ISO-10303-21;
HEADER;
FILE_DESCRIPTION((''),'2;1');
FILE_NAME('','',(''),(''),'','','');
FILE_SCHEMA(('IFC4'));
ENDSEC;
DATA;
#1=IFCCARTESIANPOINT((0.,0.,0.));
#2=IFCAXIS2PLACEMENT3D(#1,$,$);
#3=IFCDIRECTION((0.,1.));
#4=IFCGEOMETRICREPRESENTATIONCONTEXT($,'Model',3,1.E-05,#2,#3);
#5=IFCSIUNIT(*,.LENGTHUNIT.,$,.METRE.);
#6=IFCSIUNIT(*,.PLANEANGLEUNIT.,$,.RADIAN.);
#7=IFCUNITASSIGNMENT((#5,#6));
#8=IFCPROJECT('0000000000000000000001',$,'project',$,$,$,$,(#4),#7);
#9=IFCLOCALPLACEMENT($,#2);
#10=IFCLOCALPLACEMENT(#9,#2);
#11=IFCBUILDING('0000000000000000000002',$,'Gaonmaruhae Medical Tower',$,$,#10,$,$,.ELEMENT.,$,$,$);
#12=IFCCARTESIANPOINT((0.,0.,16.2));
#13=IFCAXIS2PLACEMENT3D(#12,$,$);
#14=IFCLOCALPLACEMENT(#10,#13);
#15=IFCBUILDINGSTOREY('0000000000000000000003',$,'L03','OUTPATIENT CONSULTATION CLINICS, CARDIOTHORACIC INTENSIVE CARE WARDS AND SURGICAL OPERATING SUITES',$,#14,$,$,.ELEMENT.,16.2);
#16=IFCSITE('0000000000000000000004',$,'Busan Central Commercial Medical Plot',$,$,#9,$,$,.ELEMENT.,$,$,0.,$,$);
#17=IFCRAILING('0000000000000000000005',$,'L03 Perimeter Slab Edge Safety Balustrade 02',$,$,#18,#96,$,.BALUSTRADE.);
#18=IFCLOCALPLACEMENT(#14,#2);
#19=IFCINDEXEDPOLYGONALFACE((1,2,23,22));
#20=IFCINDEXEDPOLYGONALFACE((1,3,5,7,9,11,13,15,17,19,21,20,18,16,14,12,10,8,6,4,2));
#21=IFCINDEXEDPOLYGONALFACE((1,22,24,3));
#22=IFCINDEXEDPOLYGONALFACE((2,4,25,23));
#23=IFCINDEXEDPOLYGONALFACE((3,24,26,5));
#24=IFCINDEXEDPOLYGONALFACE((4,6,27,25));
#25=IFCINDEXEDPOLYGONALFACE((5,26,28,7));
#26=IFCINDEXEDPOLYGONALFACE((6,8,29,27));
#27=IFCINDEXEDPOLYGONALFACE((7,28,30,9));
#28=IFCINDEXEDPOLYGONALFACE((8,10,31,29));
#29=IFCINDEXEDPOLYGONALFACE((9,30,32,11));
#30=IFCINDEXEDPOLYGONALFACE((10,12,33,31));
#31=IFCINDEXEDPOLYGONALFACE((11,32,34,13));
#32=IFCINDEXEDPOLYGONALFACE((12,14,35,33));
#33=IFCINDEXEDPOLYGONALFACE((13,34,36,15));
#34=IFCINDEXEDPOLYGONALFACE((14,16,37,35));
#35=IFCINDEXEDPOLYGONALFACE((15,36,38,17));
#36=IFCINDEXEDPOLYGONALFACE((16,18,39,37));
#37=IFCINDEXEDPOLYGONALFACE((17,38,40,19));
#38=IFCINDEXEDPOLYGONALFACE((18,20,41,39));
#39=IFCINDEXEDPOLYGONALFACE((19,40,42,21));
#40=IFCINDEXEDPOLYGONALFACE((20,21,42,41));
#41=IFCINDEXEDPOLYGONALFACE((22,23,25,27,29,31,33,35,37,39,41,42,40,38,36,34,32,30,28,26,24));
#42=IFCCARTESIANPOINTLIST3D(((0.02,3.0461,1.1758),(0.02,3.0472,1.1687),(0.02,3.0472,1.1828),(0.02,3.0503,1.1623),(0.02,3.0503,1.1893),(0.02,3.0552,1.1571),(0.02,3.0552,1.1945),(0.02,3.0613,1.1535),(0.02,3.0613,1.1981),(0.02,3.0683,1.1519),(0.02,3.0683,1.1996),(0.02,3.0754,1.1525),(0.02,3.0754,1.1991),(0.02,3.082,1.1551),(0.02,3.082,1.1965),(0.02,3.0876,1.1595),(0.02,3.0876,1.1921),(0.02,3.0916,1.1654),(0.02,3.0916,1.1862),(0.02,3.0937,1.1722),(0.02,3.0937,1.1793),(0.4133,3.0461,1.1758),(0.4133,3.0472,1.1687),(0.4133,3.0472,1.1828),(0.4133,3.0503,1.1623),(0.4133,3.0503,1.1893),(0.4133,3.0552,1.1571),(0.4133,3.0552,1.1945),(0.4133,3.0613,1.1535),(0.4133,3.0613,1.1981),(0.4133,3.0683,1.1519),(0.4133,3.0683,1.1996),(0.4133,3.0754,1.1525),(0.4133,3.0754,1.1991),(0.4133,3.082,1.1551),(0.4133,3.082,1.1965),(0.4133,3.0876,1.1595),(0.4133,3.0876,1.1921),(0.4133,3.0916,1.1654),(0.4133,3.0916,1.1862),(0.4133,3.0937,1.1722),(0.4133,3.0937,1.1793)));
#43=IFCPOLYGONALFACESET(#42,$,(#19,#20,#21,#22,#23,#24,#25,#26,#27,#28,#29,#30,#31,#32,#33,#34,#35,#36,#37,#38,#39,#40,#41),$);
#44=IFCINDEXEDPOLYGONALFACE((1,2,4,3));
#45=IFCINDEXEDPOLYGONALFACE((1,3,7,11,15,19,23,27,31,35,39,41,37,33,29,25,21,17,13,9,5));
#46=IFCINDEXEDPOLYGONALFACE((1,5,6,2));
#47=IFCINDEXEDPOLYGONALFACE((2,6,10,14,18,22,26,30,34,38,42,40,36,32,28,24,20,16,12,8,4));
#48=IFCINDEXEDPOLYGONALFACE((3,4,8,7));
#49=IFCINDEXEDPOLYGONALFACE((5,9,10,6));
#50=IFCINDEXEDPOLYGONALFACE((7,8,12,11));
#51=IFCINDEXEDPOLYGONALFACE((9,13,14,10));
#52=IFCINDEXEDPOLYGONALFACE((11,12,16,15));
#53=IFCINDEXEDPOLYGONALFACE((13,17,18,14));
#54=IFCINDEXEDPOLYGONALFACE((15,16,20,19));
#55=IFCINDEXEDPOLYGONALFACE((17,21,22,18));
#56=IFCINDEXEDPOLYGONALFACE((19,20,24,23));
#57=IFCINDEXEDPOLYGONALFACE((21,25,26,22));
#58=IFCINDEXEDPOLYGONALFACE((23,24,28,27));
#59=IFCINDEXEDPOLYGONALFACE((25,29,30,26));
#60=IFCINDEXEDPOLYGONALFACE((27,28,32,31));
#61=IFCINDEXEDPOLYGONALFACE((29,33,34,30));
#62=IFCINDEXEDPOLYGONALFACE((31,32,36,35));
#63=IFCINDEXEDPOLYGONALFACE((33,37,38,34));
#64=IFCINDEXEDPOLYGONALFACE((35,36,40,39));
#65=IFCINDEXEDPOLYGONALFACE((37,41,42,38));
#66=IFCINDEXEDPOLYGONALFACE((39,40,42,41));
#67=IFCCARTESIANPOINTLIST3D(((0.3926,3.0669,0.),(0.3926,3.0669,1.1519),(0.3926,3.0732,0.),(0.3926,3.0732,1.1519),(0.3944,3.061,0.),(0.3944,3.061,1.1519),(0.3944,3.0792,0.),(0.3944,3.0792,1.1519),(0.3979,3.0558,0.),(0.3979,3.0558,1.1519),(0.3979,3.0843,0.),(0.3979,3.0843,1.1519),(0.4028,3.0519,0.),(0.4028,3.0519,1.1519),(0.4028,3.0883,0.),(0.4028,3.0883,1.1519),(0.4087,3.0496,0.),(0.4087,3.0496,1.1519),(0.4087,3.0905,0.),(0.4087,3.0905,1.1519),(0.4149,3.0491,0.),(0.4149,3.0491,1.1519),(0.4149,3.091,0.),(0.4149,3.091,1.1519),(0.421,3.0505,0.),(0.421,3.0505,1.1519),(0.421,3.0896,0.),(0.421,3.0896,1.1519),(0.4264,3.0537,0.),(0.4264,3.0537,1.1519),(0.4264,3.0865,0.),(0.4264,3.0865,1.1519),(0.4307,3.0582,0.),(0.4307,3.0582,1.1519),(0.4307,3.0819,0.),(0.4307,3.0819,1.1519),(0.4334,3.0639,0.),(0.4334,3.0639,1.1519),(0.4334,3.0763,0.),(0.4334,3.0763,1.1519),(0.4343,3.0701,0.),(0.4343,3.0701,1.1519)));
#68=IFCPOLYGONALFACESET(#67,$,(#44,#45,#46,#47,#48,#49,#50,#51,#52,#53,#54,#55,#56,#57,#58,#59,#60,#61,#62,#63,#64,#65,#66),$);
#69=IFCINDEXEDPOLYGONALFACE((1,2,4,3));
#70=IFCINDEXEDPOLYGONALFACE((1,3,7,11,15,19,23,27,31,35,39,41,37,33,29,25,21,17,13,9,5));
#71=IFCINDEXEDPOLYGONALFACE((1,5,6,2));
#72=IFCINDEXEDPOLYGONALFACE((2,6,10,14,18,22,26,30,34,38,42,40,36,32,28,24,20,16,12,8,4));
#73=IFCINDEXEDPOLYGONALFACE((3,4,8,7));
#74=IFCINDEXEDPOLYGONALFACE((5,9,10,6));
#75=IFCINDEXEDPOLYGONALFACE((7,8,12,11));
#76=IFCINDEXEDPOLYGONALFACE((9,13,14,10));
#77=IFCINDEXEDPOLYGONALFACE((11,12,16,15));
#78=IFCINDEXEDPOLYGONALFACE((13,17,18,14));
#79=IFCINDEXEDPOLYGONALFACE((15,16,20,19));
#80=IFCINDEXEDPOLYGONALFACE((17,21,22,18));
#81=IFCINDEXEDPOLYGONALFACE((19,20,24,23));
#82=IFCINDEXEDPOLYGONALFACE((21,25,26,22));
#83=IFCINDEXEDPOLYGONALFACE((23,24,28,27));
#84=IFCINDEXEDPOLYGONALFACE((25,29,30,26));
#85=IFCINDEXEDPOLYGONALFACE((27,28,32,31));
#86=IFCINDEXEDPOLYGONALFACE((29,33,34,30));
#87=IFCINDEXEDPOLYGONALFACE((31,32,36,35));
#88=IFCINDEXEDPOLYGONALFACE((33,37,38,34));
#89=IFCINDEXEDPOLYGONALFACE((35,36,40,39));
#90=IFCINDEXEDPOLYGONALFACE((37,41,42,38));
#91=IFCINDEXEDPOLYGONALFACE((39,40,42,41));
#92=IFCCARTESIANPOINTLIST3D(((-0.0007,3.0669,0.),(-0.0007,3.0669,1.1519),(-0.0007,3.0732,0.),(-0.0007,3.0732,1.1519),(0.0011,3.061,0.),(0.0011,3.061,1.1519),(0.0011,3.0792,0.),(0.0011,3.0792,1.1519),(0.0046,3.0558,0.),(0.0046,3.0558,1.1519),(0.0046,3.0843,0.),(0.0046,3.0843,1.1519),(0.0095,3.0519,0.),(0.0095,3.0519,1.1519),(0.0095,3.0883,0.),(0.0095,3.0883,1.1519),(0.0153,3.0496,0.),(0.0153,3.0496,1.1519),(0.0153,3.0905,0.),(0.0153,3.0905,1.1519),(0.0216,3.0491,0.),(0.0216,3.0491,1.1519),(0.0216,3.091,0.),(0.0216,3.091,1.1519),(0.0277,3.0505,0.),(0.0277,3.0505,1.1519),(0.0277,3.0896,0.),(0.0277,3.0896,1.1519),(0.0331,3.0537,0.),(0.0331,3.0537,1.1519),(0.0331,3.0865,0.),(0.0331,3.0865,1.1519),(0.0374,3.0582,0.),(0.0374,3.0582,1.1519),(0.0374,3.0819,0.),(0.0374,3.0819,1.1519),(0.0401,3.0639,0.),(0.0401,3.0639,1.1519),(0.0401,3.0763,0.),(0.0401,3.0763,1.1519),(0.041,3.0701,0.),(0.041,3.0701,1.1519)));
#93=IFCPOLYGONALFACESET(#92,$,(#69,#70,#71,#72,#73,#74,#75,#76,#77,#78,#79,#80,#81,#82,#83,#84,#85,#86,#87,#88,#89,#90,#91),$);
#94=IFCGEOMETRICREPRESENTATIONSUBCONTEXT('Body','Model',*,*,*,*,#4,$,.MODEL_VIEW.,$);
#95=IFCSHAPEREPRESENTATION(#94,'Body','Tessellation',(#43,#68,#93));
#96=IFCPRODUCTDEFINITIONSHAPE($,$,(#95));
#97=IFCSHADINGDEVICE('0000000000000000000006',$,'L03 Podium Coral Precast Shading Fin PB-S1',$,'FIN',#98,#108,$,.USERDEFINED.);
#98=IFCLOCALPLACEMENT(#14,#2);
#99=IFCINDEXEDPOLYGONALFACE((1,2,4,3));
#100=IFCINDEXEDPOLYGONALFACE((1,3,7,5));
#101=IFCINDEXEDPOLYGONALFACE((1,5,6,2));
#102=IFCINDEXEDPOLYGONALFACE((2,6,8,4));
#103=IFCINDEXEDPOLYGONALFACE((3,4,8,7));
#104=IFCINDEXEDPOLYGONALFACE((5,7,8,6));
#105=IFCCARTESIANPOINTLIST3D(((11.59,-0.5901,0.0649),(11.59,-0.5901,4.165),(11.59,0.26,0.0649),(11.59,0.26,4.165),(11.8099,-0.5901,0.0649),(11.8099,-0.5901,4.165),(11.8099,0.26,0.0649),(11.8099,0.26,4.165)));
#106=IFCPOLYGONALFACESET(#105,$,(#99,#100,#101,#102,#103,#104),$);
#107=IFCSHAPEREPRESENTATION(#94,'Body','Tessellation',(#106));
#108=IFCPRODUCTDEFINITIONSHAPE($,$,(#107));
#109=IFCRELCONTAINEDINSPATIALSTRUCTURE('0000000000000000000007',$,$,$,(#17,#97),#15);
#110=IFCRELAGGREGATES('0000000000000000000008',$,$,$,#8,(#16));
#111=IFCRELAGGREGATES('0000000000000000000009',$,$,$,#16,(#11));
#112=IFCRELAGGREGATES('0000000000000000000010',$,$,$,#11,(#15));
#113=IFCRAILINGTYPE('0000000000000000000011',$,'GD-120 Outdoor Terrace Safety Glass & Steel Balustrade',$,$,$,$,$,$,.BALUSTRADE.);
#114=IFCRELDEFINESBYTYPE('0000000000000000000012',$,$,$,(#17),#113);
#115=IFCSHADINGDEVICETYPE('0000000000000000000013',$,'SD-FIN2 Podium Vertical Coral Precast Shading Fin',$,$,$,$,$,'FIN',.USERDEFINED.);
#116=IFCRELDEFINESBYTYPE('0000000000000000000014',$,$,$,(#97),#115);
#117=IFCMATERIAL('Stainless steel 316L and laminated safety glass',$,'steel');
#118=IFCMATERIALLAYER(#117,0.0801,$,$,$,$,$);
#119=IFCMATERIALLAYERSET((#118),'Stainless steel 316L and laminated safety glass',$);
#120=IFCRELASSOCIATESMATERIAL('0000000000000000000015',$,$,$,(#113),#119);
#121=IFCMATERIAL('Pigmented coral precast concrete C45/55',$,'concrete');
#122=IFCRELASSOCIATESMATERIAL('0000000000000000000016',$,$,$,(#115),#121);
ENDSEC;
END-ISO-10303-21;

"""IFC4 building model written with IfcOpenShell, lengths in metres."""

from ifc_helpers import new_model, si_unit, direction, frame, origin, origin_2d, place, context, subcontext, project, spatial, rectangle, circle, extrude, material, layer, layer_set, type_object, element, save


model = new_model("IFC4")

# Units and contexts
model_context = context("Model", 3, precision=1e-05, world=origin(), true_north=direction((0.0, 1.0)))
body_context = subcontext(model_context, "Body", "Model", "MODEL_VIEW")
ifc_project = project(units=[si_unit("LENGTHUNIT", "METRE"), si_unit("PLANEANGLEUNIT", "RADIAN")], contexts=[model_context])

# Site, building, storey
site_placement = place(None, origin())
site = spatial("IfcSite", under=ifc_project, at=site_placement, Name="Busan Central Commercial Medical Plot", CompositionType="ELEMENT", RefElevation=0.0)
building_placement = place(site_placement, origin())
building = spatial("IfcBuilding", under=site, at=building_placement, Name="Gaonmaruhae Medical Tower", CompositionType="ELEMENT")
storey_placement = place(building_placement, frame((0.0, 0.0, 16.2)))
storey = spatial("IfcBuildingStorey", under=building, at=storey_placement, Name="L03", Description="OUTPATIENT CONSULTATION CLINICS, CARDIOTHORACIC INTENSIVE CARE WARDS AND SURGICAL OPERATING SUITES", CompositionType="ELEMENT", Elevation=16.2)

# Railing
ifc_material_1 = material(Name="Stainless steel 316L and laminated safety glass", Category="steel")
ifc_layer_1 = layer(ifc_material_1, 0.0801)
ifc_layer_set_1 = layer_set([ifc_layer_1], Name="Stainless steel 316L and laminated safety glass")
railing_type = type_object("IfcRailingType", Name="GD-120 Outdoor Terrace Safety Glass & Steel Balustrade", PredefinedType="BALUSTRADE", material=ifc_layer_set_1)
railing_1_placement = place(storey_placement, frame((0.4133, 3.0701, 0.0)))
element("IfcRailing", 1, at=railing_1_placement, inside=storey, type_object=railing_type, Name="L03 Perimeter Slab Edge Safety Balustrade 02", PredefinedType="BALUSTRADE", context=body_context, shape_type="SweptSolid", body=[
    extrude(circle(Radius=0.0239, at=origin_2d()), frame((0.0, 0.0, 1.1758), z_axis=(-1.0, 0.0, 0.0), x_axis=(0.0, -1.0, 0.0)), (0.0, 0.0, 1.0), 0.3933),
    extrude(circle(Radius=0.021, at=origin_2d()), origin(), (0.0, 0.0, 1.0), 1.1519),
    extrude(circle(Radius=0.021, at=origin_2d()), frame((-0.3933, 0.0, 0.0)), (0.0, 0.0, 1.0), 1.1519),
])

# Shading device
ifc_material_2 = material(Name="Pigmented coral precast concrete C45/55", Category="concrete")
shading_device_type = type_object("IfcShadingDeviceType", Name="SD-FIN2 Podium Vertical Coral Precast Shading Fin", ElementType="FIN", PredefinedType="USERDEFINED", material=ifc_material_2)
shading_device_placement = place(storey_placement, frame((11.7, -0.165, 0.0649), z_axis=(0.0, 0.0, 1.0), x_axis=(-1.0, 0.0, 0.0)))
element("IfcShadingDevice", 2, at=shading_device_placement, inside=storey, type_object=shading_device_type, Name="L03 Podium Coral Precast Shading Fin PB-S1", ObjectType="FIN", PredefinedType="USERDEFINED", context=body_context, shape_type="SweptSolid", body=[
    extrude(rectangle(XDim=0.22, YDim=0.8501, at=origin_2d()), origin(), (0.0, 0.0, 1.0), 4.1001),
])

save(model, "model.ifc")
